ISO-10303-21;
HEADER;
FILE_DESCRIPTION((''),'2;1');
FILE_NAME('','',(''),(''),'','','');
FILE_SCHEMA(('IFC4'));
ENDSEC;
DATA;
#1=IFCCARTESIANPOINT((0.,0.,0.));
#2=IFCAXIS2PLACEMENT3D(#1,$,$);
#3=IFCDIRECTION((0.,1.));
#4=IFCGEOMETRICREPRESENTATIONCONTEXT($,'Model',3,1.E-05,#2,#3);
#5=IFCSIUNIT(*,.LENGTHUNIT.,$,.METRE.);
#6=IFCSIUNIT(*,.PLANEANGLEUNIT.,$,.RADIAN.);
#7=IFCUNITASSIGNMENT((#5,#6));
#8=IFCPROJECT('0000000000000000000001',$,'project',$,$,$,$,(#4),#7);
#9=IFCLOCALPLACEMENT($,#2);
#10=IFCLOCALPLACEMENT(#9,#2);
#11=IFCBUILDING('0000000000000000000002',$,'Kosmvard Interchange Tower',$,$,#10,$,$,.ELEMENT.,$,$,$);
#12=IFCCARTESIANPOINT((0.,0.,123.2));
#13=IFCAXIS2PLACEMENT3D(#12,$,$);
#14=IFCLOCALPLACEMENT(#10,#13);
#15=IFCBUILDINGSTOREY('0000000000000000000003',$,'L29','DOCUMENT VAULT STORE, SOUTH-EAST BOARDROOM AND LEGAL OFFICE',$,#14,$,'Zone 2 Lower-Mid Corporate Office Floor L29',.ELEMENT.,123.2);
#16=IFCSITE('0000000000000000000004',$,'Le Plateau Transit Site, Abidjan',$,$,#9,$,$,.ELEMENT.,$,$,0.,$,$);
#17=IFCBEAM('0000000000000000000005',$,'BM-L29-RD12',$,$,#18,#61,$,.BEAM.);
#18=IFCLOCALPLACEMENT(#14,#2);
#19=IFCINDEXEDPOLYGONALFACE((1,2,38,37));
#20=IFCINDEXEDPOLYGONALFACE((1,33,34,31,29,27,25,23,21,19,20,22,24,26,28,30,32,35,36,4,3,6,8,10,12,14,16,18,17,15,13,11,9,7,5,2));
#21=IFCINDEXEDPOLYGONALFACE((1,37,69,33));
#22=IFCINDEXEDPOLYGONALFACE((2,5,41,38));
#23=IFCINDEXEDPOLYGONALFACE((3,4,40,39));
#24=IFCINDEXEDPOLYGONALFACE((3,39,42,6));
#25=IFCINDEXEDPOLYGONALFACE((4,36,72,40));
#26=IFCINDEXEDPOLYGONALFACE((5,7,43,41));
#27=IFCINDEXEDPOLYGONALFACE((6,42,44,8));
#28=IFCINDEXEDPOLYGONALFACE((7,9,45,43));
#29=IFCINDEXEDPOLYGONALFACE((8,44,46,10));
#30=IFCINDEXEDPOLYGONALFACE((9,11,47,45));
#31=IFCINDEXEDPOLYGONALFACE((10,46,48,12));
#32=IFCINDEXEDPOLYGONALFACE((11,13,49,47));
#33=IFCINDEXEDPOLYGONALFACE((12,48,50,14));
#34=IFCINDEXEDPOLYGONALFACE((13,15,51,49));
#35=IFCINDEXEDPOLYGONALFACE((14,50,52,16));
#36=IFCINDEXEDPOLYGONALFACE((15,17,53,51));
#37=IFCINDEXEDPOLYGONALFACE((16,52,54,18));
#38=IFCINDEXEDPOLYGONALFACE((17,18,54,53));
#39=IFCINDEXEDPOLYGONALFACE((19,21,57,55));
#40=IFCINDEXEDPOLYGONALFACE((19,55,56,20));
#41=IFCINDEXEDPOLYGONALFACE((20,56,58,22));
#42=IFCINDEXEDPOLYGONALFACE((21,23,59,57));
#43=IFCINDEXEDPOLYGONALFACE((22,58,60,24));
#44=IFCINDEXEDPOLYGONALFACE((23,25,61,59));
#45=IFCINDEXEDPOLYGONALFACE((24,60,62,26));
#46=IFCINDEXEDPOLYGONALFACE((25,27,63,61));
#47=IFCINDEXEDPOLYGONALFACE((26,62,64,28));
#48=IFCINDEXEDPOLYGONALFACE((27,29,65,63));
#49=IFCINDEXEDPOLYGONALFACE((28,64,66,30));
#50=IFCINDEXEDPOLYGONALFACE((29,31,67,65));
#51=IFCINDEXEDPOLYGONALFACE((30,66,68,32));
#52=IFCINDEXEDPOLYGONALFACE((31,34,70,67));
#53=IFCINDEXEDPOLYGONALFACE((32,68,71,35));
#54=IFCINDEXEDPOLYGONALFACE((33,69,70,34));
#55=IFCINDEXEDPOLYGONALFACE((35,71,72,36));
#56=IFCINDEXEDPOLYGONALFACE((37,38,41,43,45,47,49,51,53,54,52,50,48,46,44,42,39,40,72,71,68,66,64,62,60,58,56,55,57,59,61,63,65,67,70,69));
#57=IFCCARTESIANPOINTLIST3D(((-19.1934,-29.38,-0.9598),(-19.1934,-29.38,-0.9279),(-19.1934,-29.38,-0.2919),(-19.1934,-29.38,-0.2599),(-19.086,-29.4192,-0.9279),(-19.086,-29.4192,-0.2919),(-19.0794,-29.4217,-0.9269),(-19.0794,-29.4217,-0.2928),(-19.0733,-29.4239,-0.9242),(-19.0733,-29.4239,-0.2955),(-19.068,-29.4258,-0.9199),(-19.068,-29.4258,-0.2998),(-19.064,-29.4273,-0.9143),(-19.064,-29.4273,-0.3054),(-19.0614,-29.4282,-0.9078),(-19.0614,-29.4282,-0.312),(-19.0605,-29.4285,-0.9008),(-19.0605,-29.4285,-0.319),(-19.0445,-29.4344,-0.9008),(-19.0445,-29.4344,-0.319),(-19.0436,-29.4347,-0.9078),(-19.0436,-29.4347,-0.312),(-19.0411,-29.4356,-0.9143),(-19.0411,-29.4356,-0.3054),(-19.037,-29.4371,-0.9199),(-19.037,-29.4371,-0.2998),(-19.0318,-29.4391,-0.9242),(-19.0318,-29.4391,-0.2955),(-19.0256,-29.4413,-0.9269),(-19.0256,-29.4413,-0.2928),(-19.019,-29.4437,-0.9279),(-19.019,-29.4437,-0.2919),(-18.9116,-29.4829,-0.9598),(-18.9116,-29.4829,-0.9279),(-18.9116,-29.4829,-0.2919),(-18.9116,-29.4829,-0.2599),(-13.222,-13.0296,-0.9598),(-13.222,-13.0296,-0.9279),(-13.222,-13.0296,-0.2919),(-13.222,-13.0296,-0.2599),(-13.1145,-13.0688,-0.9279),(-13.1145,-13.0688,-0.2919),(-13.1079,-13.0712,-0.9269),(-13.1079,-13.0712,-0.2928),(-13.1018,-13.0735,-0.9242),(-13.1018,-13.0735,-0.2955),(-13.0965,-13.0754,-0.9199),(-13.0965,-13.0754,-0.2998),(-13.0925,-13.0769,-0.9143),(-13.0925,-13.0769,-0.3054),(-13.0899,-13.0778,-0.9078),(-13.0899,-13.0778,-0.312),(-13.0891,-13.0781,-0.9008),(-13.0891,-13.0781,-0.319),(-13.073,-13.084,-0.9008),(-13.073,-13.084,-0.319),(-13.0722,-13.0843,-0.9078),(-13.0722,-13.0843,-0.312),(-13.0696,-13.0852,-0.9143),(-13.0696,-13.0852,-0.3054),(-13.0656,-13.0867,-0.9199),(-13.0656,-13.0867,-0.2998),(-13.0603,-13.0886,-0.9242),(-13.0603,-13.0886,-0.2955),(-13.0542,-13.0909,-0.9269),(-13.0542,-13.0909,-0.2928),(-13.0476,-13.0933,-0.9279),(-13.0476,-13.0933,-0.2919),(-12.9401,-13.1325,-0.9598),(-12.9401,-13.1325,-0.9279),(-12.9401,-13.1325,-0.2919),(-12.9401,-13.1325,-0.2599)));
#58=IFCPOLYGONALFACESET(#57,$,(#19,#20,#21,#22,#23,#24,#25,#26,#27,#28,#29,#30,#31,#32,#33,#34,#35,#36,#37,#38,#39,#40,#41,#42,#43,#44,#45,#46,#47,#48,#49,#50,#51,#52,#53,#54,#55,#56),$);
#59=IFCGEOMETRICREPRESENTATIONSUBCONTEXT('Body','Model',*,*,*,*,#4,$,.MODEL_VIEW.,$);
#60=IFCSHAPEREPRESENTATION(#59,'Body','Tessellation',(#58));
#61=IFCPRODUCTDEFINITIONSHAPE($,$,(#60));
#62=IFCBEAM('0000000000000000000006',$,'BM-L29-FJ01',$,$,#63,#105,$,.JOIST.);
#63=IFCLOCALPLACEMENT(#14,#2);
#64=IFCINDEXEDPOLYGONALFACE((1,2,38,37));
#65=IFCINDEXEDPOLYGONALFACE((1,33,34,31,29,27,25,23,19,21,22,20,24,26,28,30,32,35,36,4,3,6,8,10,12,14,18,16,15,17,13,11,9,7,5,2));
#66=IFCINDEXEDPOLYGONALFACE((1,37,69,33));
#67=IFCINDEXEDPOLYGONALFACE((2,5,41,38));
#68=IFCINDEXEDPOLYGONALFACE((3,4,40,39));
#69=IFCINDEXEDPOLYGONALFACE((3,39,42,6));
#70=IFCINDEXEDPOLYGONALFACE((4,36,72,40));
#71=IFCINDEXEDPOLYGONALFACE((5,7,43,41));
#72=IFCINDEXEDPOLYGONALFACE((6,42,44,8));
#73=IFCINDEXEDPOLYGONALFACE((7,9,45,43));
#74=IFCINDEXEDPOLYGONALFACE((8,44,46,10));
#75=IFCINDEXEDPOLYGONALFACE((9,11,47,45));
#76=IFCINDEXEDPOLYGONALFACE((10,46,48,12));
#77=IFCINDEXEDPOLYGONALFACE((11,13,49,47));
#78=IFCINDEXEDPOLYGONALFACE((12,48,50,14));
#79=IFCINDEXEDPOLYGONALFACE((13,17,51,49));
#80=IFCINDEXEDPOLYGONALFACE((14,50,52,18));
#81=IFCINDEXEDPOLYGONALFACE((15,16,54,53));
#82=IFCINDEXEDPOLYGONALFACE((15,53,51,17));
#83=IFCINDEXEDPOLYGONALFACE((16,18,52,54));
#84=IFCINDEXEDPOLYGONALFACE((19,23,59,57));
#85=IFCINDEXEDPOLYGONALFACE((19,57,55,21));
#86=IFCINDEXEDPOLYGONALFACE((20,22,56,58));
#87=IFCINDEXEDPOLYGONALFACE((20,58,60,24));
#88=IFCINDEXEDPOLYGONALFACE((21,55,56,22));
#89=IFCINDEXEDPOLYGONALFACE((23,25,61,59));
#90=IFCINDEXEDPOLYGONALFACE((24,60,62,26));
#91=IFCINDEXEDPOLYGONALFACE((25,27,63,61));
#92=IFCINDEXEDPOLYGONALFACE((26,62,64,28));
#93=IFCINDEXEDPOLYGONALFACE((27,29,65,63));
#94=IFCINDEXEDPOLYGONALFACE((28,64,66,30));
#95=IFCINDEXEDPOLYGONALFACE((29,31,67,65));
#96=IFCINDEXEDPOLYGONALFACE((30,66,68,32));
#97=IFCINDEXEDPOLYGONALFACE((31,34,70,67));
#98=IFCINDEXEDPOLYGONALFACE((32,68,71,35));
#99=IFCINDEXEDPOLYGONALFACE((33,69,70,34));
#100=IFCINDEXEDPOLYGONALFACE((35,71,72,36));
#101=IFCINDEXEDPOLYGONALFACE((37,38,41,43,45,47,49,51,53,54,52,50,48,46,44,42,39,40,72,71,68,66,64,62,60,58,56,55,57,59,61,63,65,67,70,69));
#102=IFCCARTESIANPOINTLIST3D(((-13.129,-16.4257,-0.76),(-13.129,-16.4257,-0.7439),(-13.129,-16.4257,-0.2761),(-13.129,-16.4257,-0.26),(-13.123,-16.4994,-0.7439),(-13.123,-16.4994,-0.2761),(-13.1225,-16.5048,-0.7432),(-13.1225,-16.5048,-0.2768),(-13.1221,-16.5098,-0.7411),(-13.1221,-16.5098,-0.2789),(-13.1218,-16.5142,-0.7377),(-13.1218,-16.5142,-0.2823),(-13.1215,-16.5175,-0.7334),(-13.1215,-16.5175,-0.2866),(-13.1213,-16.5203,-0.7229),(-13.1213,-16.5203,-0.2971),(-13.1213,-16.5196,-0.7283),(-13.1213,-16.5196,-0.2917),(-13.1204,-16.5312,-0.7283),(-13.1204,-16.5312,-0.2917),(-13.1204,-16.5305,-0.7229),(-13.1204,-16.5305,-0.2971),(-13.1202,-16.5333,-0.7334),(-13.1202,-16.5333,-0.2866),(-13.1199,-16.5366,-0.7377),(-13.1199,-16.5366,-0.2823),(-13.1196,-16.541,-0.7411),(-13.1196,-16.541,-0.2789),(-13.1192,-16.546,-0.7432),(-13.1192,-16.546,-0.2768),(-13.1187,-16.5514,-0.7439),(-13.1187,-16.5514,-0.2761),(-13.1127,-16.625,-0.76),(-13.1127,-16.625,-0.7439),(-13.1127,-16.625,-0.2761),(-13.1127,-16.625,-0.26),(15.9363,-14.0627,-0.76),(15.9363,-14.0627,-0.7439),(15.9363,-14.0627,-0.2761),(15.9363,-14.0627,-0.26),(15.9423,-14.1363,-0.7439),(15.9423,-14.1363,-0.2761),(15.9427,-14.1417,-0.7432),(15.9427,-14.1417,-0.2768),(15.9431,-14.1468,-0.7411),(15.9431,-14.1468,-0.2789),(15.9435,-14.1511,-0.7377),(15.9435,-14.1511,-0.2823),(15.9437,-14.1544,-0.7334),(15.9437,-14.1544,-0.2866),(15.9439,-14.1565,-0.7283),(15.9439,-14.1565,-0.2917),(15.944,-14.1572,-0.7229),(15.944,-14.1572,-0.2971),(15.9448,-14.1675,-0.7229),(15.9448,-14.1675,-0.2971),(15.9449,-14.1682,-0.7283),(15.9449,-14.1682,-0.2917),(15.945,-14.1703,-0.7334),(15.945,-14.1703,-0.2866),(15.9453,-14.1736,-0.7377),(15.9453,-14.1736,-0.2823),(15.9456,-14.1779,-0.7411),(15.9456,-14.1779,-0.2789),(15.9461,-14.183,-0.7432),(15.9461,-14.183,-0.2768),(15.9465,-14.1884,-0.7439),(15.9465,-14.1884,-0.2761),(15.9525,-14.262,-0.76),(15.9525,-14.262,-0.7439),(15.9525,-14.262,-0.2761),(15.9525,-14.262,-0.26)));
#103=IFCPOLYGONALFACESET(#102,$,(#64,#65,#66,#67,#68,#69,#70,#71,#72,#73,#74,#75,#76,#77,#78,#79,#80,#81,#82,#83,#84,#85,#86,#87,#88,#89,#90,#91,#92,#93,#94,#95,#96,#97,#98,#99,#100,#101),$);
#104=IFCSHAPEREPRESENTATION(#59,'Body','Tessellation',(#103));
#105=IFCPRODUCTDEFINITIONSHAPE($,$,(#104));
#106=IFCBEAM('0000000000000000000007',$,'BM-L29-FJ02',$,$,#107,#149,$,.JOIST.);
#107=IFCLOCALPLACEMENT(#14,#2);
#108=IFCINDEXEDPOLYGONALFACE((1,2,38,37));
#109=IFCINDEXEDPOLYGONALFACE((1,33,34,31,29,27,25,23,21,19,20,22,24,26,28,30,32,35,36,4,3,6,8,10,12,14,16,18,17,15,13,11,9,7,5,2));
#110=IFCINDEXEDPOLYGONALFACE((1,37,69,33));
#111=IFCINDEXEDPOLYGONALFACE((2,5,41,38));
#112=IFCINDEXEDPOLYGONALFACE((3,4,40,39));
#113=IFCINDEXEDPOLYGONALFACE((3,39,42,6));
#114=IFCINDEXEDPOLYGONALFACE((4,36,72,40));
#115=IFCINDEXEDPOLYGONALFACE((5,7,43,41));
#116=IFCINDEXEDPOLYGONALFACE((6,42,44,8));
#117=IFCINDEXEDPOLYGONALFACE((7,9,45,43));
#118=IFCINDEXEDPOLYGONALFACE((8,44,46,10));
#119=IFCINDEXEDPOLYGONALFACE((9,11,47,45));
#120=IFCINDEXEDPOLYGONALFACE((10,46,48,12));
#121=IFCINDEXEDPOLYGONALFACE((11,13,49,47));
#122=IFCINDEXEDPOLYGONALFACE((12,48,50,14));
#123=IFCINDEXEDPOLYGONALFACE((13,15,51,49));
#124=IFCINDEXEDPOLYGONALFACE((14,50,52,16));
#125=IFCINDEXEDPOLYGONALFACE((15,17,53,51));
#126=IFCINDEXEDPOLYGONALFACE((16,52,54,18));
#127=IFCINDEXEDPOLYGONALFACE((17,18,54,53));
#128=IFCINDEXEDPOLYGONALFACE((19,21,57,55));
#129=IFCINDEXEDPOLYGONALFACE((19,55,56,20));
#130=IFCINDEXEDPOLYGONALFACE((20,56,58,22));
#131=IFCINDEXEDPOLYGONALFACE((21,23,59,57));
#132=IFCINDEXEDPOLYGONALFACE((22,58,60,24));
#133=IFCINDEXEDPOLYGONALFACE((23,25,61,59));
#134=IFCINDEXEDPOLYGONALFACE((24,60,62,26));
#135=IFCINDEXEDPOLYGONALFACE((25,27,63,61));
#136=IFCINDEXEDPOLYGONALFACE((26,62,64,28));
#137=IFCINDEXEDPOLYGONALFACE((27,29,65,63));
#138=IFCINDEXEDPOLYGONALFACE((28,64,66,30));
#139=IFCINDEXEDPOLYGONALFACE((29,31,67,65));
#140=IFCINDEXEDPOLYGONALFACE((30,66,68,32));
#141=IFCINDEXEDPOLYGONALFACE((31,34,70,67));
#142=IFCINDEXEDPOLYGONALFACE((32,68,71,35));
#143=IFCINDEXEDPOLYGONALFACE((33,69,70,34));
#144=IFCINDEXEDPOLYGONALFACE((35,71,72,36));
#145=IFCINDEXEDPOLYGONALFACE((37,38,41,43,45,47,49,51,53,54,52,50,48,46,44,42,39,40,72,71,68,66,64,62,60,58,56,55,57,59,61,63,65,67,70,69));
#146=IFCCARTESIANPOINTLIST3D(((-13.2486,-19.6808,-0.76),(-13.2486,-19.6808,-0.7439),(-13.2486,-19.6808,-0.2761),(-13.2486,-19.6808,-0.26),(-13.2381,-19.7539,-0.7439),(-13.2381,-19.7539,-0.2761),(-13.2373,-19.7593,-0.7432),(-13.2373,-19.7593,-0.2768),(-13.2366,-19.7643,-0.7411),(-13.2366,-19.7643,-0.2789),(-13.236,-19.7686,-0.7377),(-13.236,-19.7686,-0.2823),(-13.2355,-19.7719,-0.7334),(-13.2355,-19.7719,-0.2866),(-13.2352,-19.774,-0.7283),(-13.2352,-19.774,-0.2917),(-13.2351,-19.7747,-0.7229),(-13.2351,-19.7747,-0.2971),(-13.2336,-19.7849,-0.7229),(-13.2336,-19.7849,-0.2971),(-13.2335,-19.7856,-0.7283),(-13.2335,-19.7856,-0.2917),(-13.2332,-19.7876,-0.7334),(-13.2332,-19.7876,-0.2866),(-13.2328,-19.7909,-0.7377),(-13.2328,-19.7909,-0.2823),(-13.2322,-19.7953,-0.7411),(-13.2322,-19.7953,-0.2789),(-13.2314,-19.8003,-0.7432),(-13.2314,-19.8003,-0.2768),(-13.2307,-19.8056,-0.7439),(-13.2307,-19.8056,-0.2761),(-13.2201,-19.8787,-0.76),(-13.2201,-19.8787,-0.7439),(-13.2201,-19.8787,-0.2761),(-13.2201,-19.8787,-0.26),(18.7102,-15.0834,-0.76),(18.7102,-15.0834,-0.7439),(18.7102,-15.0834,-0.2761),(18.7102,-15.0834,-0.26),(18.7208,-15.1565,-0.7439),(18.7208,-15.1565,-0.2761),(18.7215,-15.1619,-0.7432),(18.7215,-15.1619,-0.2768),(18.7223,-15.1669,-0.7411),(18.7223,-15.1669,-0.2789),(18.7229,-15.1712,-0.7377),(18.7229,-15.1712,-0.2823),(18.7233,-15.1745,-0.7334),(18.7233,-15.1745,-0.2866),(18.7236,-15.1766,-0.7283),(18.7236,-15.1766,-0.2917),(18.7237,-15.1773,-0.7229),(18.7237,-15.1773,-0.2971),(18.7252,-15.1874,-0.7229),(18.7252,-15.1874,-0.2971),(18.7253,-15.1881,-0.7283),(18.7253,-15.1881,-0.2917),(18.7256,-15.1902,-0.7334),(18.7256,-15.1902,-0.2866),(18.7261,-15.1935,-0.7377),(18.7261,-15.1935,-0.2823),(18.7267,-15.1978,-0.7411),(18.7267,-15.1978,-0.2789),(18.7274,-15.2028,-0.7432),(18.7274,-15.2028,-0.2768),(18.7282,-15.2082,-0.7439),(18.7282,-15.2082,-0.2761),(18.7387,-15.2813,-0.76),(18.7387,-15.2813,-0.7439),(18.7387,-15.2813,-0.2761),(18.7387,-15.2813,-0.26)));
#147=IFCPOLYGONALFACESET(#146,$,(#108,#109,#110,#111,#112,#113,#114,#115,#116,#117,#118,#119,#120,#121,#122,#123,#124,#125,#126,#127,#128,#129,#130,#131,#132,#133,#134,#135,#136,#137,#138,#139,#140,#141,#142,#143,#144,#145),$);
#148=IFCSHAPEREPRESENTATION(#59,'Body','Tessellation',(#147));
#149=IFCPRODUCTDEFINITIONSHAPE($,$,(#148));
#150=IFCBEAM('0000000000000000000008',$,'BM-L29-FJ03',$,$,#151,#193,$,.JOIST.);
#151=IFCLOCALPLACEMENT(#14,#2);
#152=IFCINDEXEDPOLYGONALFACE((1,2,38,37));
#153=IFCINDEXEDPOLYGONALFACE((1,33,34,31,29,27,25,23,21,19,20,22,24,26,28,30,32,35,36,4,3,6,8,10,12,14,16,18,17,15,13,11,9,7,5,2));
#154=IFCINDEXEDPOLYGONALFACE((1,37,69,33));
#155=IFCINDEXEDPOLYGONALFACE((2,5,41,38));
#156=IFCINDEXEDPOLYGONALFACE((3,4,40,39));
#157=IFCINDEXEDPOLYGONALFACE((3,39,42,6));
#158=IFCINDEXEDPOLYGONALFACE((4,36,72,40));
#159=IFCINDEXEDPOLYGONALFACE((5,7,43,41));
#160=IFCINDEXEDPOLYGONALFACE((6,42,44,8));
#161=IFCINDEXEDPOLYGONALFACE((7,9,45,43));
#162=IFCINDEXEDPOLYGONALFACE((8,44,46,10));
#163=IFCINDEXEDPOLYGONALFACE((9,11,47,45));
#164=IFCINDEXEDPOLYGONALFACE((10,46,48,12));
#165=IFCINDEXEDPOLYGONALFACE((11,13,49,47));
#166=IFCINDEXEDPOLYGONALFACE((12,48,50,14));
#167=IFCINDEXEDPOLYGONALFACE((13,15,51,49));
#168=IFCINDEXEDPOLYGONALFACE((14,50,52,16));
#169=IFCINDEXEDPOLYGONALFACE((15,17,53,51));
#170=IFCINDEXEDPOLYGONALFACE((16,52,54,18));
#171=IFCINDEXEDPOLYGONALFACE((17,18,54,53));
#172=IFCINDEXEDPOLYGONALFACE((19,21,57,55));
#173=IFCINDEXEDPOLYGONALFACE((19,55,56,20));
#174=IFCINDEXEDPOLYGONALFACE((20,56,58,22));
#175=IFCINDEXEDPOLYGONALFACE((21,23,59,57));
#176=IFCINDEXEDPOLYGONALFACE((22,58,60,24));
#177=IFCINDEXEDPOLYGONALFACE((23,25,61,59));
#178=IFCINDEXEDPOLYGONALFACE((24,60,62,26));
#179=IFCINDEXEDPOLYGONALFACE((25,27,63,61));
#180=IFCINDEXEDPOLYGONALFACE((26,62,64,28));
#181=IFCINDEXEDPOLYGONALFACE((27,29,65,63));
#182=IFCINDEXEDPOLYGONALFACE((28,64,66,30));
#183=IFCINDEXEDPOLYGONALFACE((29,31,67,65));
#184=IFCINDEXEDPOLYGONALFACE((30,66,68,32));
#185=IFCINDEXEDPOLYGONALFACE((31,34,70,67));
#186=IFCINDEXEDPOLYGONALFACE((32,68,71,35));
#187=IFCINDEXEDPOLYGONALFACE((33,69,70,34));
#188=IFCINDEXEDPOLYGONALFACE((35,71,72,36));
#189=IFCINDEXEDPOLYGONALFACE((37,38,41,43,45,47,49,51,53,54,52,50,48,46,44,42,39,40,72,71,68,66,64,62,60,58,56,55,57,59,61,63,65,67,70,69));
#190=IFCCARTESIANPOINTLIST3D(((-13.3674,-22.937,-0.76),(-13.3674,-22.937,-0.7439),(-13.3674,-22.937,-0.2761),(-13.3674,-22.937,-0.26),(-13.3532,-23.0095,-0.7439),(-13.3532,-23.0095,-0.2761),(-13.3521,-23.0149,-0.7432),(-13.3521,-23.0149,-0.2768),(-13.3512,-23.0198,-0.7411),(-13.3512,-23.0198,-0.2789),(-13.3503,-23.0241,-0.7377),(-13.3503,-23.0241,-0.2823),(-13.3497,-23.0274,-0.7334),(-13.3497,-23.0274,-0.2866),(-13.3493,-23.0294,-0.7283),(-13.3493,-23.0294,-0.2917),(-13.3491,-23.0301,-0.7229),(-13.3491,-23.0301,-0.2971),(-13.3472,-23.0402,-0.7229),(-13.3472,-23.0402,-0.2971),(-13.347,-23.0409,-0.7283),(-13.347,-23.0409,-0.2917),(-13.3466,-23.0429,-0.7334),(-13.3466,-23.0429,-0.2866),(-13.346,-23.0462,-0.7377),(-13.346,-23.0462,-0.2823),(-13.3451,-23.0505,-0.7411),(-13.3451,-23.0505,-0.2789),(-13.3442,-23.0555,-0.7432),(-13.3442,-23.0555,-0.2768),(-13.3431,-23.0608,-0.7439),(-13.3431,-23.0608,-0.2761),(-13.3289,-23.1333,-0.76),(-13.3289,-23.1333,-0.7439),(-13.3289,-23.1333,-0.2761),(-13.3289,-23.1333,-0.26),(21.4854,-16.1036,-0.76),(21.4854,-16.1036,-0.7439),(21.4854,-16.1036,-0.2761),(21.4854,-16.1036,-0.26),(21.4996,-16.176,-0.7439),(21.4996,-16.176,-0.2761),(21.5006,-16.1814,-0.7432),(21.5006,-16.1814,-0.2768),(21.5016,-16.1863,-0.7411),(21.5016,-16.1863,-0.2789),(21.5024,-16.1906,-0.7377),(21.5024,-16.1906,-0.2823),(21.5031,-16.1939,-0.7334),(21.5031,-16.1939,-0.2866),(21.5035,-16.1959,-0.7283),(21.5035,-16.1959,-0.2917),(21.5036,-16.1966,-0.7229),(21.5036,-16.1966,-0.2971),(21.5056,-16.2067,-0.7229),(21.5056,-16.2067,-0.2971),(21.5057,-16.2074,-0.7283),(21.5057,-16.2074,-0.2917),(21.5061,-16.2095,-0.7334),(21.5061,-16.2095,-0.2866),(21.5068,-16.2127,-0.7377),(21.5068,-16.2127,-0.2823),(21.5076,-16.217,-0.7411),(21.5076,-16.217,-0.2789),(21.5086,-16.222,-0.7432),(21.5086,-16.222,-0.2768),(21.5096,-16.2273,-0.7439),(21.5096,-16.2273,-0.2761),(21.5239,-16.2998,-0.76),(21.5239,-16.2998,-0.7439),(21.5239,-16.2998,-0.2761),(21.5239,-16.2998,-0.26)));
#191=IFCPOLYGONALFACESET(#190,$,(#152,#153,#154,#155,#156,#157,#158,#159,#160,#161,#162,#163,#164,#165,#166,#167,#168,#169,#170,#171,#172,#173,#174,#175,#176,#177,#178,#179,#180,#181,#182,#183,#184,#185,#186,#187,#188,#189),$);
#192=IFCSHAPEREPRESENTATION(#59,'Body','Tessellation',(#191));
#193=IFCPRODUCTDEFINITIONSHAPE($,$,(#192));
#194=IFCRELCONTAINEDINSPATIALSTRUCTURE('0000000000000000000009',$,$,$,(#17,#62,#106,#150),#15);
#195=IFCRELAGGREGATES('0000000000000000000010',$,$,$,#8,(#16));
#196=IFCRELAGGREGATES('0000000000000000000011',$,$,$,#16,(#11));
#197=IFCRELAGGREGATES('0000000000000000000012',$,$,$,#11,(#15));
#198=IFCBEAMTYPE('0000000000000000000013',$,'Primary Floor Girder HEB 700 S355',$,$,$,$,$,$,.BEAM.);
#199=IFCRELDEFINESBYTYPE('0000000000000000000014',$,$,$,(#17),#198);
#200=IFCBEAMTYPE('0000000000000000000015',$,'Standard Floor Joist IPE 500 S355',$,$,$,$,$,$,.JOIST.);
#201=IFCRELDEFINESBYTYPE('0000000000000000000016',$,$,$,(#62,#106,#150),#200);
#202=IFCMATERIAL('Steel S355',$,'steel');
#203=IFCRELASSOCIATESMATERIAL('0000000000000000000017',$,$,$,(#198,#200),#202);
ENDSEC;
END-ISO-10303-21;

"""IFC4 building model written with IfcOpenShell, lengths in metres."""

from ifc_helpers import new_model, si_unit, direction, frame, origin, origin_2d, place, context, subcontext, project, spatial, i_section, extrude, source, transform, mapped, material, material_profile, profile_set, type_object, element, save


model = new_model("IFC4")

# Units and contexts
model_context = context("Model", 3, precision=1e-05, world=origin(), true_north=direction((0.0, 1.0)))
body_context = subcontext(model_context, "Body", "Model", "MODEL_VIEW")
ifc_project = project(units=[si_unit("LENGTHUNIT", "METRE"), si_unit("PLANEANGLEUNIT", "RADIAN")], contexts=[model_context])

# Site, building, storey
site_placement = place(None, origin())
site = spatial("IfcSite", under=ifc_project, at=site_placement, Name="Le Plateau Transit Site, Abidjan", CompositionType="ELEMENT", RefElevation=0.0)
building_placement = place(site_placement, origin())
building = spatial("IfcBuilding", under=site, at=building_placement, Name="Kosmvard Interchange Tower", CompositionType="ELEMENT")
storey_placement = place(building_placement, frame((0.0, 0.0, 123.2)))
storey = spatial("IfcBuildingStorey", under=building, at=storey_placement, Name="L29", Description="DOCUMENT VAULT STORE, SOUTH-EAST BOARDROOM AND LEGAL OFFICE", LongName="Zone 2 Lower-Mid Corporate Office Floor L29", CompositionType="ELEMENT", Elevation=123.2)

# Beams
ifc_material_1 = material(Name="Steel S355", Category="steel")
ifc_material_profile_1 = material_profile(ifc_material_1, i_section(OverallWidth=0.3, OverallDepth=0.7, WebThickness=0.0171, FlangeThickness=0.032, FilletRadius=0.0271, at=origin_2d()), Name="HEB 700")
ifc_profile_set_1 = profile_set([ifc_material_profile_1], Name="Steel S355")
beam_type_1 = type_object("IfcBeamType", Name="Primary Floor Girder HEB 700 S355", PredefinedType="BEAM", material=ifc_profile_set_1)
shared_shape_1 = source(origin(), body_context, "Body", "SweptSolid", [
    extrude(i_section(OverallWidth=0.3, OverallDepth=0.7, WebThickness=0.0171, FlangeThickness=0.032, FilletRadius=0.0271, at=origin_2d()), origin(), (0.0, 0.0, 1.0), 17.4067),
])
beam_1_placement = place(storey_placement, frame((-13.0811, -13.0811, -0.6099), z_axis=(-0.343055, -0.939315, 0.0), x_axis=(0.939315, -0.343055, 0.0)))
element("IfcBeam", 1, at=beam_1_placement, inside=storey, type_object=beam_type_1, Name="BM-L29-RD12", PredefinedType="BEAM", context=body_context, shape_type="MappedRepresentation", body=[
    mapped(shared_shape_1, transform((0.0, 0.0, 0.0), scale=1.0)),
])
ifc_material_profile_2 = material_profile(ifc_material_1, i_section(OverallWidth=0.2, OverallDepth=0.5, WebThickness=0.0103, FlangeThickness=0.0161, FilletRadius=0.021, at=origin_2d()), Name="IPE 500")
ifc_profile_set_2 = profile_set([ifc_material_profile_2], Name="Steel S355")
beam_type_2 = type_object("IfcBeamType", Name="Standard Floor Joist IPE 500 S355", PredefinedType="JOIST", material=ifc_profile_set_2)
shared_shape_2 = source(origin(), body_context, "Body", "SweptSolid", [
    extrude(i_section(OverallWidth=0.2, OverallDepth=0.5, WebThickness=0.0103, FlangeThickness=0.0161, FilletRadius=0.021, at=origin_2d()), origin(), (0.0, 0.0, 1.0), 29.1611),
])
beam_2_placement = place(storey_placement, frame((-13.1208, -16.5254, -0.51), z_axis=(0.996711, 0.081034, 0.0), x_axis=(-0.081034, 0.996711, 0.0)))
element("IfcBeam", 2, at=beam_2_placement, inside=storey, type_object=beam_type_2, Name="BM-L29-FJ01", PredefinedType="JOIST", context=body_context, shape_type="MappedRepresentation", body=[
    mapped(shared_shape_2, transform((0.0, 0.0, 0.0), scale=1.0)),
])
shared_shape_3 = source(origin(), body_context, "Body", "SweptSolid", [
    extrude(i_section(OverallWidth=0.2, OverallDepth=0.5, WebThickness=0.0103, FlangeThickness=0.0161, FilletRadius=0.021, at=origin_2d()), origin(), (0.0, 0.0, 1.0), 32.2878),
])
beam_3_placement = place(storey_placement, frame((-13.2344, -19.7798, -0.51), z_axis=(0.989811, 0.142389, 0.0), x_axis=(-0.142389, 0.989811, 0.0)))
element("IfcBeam", 3, at=beam_3_placement, inside=storey, type_object=beam_type_2, Name="BM-L29-FJ02", PredefinedType="JOIST", context=body_context, shape_type="MappedRepresentation", body=[
    mapped(shared_shape_3, transform((0.0, 0.0, 0.0), scale=1.0)),
])
shared_shape_4 = source(origin(), body_context, "Body", "SweptSolid", [
    extrude(i_section(OverallWidth=0.2, OverallDepth=0.5, WebThickness=0.0103, FlangeThickness=0.0161, FilletRadius=0.021, at=origin_2d()), origin(), (0.0, 0.0, 1.0), 35.5164),
])
beam_4_placement = place(storey_placement, frame((-13.3481, -23.0352, -0.51), z_axis=(0.981316, 0.192404, 0.0), x_axis=(-0.192404, 0.981316, 0.0)))
element("IfcBeam", 4, at=beam_4_placement, inside=storey, type_object=beam_type_2, Name="BM-L29-FJ03", PredefinedType="JOIST", context=body_context, shape_type="MappedRepresentation", body=[
    mapped(shared_shape_4, transform((0.0, 0.0, 0.0), scale=1.0)),
])

save(model, "model.ifc")
